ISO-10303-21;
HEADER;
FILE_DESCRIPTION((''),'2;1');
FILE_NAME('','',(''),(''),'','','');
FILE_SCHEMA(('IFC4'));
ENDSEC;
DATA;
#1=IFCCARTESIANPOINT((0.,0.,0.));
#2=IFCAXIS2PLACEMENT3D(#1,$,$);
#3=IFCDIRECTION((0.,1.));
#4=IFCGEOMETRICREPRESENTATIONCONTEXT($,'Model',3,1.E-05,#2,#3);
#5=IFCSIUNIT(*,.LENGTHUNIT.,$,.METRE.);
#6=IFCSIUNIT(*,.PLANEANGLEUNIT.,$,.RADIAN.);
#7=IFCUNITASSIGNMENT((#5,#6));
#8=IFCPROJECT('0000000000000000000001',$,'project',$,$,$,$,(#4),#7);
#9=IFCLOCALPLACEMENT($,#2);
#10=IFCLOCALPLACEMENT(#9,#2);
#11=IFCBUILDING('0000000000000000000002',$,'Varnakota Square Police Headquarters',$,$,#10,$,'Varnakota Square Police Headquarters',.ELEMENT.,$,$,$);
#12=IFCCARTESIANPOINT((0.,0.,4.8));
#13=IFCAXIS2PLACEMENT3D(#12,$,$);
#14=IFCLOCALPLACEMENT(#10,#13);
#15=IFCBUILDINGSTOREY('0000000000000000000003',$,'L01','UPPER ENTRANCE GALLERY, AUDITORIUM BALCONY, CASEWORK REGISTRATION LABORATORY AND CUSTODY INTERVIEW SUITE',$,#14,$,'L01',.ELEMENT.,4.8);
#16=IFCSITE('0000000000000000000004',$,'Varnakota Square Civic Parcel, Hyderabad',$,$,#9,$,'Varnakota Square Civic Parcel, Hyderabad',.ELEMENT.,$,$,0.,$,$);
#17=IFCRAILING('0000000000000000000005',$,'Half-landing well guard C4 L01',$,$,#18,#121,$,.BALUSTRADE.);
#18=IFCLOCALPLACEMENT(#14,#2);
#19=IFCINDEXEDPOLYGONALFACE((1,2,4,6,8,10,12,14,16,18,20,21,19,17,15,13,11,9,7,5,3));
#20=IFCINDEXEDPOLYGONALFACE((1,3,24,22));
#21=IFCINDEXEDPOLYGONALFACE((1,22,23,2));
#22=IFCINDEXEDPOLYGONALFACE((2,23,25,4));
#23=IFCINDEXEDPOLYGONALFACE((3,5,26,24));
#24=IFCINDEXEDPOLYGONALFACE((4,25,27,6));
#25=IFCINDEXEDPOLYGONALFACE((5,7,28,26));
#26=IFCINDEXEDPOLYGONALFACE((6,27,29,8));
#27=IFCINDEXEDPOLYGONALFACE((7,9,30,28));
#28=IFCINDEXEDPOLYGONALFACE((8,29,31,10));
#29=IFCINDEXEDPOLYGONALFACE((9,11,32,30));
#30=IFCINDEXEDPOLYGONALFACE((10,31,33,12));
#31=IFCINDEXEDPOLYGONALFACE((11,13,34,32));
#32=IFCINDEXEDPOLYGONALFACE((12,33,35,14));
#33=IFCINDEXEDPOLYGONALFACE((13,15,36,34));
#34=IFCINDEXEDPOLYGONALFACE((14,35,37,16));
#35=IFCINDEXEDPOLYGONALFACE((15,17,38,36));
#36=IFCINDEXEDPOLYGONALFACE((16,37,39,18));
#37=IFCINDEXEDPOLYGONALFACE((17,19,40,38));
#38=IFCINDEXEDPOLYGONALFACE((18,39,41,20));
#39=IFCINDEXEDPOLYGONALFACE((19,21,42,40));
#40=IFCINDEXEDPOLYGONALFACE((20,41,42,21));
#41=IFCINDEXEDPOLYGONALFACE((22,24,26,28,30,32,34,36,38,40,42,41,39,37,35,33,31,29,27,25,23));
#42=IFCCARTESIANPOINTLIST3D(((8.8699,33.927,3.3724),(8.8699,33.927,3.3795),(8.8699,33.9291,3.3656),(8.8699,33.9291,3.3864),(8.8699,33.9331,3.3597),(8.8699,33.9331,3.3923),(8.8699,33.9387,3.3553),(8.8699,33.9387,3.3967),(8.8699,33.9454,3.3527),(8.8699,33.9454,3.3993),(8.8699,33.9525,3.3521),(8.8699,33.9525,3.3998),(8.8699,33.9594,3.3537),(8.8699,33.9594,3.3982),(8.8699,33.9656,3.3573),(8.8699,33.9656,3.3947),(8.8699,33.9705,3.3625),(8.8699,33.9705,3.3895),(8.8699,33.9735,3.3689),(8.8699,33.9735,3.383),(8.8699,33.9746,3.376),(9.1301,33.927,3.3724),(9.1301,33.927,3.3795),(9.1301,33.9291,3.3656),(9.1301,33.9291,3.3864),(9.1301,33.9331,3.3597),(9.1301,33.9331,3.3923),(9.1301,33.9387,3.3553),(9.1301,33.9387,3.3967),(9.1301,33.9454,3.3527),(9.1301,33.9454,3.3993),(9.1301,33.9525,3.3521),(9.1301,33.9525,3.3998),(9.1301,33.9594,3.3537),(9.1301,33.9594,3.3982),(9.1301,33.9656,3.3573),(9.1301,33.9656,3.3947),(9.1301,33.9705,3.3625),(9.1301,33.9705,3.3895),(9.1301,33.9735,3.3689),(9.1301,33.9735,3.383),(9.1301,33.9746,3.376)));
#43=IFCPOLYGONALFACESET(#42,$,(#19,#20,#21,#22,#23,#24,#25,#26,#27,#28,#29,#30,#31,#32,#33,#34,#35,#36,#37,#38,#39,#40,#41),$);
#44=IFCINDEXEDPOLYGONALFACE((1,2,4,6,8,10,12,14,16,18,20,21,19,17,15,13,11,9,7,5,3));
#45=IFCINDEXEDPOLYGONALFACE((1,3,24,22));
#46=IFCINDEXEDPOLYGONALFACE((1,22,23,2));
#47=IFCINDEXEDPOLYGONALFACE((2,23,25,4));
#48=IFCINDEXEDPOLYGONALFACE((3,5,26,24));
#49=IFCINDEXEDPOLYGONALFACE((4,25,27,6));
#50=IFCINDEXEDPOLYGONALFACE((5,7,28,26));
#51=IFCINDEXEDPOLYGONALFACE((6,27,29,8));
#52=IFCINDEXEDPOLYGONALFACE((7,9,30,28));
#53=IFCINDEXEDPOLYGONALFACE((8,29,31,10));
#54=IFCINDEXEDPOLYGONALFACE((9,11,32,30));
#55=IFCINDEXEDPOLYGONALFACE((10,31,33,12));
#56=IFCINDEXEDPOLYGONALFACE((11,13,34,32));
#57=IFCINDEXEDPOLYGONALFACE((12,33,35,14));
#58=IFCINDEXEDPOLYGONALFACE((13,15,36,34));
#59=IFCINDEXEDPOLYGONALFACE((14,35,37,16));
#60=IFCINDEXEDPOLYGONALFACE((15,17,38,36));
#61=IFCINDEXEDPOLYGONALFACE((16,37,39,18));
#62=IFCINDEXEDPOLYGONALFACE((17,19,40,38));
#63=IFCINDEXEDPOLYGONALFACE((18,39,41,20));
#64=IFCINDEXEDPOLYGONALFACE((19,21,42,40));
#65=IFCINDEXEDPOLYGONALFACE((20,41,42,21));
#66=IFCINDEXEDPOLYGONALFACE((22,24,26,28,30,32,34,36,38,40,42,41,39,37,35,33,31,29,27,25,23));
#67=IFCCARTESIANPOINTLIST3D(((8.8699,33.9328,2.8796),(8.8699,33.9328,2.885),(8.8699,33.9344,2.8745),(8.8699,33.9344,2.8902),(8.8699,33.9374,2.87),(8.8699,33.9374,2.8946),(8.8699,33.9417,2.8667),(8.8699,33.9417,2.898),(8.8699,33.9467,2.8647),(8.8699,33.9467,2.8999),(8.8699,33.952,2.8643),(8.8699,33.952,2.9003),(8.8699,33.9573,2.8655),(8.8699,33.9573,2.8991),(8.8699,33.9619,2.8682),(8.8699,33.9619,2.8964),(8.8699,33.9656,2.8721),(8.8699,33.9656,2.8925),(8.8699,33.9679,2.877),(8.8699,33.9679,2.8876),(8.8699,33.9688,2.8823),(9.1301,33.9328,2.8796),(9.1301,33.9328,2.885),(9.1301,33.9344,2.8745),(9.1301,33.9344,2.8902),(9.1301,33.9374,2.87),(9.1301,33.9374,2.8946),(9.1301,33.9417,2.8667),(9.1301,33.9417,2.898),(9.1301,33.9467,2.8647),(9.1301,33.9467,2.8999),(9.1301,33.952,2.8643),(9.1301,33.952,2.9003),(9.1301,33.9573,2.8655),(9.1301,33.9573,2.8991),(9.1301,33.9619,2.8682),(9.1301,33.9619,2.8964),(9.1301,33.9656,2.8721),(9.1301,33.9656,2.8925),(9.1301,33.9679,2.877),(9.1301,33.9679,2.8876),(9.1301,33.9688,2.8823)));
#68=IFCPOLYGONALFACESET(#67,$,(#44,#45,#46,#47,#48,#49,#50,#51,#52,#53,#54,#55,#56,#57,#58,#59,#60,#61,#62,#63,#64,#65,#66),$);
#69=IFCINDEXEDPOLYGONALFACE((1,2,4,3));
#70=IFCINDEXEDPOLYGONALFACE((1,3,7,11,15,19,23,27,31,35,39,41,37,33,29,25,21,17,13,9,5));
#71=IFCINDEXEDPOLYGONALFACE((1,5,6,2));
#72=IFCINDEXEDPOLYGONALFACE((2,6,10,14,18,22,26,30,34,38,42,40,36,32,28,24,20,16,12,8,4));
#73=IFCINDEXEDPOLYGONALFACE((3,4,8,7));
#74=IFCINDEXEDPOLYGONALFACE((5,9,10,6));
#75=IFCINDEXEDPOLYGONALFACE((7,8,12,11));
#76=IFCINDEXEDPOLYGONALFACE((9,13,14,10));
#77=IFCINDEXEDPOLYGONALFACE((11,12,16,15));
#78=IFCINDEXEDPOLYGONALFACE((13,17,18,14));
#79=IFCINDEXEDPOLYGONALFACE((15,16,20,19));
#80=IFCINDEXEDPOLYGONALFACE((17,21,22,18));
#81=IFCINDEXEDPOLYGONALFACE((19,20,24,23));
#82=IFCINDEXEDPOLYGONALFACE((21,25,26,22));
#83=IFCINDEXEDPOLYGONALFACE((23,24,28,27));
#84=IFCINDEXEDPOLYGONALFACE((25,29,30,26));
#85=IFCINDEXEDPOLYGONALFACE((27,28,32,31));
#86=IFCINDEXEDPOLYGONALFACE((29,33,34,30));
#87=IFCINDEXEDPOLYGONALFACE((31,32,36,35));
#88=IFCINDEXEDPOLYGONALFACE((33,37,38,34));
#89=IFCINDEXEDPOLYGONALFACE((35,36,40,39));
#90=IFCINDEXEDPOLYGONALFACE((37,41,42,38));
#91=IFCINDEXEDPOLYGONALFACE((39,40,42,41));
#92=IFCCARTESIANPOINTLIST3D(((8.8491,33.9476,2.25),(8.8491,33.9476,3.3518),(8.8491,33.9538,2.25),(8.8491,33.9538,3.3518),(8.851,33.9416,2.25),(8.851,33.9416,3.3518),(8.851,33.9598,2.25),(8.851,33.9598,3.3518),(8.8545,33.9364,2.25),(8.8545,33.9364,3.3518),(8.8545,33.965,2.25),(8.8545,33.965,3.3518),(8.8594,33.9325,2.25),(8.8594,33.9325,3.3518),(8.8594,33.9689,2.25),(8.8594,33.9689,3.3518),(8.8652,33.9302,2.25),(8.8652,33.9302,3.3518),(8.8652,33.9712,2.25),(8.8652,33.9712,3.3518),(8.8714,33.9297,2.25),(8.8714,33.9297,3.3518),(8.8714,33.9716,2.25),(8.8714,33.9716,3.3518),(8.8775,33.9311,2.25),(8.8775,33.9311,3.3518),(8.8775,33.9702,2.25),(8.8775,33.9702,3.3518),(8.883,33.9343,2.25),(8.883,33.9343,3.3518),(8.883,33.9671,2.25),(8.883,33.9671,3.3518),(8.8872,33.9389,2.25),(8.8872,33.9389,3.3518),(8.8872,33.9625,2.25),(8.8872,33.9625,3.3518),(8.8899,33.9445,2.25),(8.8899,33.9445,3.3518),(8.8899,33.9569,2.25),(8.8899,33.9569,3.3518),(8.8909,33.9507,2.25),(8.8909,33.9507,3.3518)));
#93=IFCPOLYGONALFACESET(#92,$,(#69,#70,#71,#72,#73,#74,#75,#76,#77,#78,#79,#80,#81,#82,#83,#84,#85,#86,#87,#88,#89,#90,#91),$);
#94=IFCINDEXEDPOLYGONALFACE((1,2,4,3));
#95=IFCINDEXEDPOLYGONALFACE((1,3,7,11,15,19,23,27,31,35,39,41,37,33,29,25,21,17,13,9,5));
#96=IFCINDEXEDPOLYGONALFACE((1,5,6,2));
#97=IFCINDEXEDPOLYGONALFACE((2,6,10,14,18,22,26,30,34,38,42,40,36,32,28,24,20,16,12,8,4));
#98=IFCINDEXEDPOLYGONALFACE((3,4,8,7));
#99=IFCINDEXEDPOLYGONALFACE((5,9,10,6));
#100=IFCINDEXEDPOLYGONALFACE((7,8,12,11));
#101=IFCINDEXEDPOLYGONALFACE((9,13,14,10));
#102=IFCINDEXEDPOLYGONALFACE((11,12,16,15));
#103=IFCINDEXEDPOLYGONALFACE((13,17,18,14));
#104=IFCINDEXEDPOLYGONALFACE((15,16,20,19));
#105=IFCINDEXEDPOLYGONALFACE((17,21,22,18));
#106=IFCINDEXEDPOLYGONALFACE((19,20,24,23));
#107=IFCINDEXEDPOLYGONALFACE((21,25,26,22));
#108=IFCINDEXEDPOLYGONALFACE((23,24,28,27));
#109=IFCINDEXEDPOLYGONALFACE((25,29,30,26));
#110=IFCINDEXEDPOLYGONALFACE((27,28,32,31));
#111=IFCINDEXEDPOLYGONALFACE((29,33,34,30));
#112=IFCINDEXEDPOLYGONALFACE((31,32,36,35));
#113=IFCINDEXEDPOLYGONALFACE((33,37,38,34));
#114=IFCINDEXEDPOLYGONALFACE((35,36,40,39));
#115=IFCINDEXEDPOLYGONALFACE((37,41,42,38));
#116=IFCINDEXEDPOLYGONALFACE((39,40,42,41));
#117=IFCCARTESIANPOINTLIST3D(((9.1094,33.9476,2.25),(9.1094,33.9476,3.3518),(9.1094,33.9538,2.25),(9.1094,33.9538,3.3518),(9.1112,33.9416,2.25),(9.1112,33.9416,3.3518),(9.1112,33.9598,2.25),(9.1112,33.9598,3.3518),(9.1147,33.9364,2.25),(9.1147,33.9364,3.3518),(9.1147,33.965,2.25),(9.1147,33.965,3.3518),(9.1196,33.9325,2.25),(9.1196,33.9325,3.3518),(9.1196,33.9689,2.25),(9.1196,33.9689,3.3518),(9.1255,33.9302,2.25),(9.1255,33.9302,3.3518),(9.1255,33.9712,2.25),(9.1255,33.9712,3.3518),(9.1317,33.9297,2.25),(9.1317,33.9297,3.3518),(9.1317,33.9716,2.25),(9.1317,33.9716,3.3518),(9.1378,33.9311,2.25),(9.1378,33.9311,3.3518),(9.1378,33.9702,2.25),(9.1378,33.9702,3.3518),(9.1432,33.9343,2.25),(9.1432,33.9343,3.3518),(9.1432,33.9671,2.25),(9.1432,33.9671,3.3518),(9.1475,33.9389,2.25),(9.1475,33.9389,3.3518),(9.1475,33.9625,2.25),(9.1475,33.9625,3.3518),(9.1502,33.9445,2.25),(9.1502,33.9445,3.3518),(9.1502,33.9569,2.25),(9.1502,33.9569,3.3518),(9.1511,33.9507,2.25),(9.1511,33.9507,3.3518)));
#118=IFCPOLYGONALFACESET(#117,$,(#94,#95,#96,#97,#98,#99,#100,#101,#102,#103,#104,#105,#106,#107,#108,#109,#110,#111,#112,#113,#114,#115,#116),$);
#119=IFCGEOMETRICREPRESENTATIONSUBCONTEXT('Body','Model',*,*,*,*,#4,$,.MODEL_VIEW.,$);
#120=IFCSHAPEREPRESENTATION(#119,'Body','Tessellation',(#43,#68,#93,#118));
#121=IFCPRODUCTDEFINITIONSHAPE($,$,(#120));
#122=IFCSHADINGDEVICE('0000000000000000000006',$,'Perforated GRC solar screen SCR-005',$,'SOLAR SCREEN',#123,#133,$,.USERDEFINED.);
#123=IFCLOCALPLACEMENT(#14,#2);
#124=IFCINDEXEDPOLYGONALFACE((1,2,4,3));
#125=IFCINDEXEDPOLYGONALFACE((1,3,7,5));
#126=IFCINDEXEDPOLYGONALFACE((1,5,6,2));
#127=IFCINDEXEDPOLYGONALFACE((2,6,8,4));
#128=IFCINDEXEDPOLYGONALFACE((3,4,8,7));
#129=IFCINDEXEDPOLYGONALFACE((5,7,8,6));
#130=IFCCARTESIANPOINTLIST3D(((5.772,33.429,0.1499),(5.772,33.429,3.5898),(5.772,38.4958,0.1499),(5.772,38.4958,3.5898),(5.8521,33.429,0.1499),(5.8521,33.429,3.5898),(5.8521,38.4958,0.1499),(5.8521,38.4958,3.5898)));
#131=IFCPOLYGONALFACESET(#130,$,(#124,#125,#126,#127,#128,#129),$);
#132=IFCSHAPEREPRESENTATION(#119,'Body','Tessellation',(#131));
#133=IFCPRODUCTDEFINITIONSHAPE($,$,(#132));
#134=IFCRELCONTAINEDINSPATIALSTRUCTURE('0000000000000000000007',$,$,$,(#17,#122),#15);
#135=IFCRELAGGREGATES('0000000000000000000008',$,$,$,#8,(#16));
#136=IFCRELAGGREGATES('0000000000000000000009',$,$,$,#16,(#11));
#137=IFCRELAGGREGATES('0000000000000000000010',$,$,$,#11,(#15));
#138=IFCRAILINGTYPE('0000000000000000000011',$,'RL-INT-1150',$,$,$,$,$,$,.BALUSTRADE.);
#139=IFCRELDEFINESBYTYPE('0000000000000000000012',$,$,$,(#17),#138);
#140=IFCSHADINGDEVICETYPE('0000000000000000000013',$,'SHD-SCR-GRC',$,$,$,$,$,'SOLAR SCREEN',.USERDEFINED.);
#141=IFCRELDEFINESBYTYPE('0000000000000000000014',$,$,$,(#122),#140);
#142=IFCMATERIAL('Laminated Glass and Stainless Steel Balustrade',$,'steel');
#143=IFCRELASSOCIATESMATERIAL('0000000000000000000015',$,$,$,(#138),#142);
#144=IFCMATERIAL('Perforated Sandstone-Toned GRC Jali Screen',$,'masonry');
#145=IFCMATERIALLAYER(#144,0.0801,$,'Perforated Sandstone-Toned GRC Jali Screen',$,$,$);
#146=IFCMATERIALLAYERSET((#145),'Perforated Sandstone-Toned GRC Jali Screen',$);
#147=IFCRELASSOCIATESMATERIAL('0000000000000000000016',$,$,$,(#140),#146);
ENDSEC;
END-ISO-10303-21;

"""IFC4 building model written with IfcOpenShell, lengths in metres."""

from ifc_helpers import new_model, si_unit, direction, frame, origin, origin_2d, place, context, subcontext, project, spatial, rectangle, circle, extrude, material, layer, layer_set, type_object, element, save


model = new_model("IFC4")

# Units and contexts
model_context = context("Model", 3, precision=1e-05, world=origin(), true_north=direction((0.0, 1.0)))
body_context = subcontext(model_context, "Body", "Model", "MODEL_VIEW")
ifc_project = project(units=[si_unit("LENGTHUNIT", "METRE"), si_unit("PLANEANGLEUNIT", "RADIAN")], contexts=[model_context])

# Site, building, storey
site_placement = place(None, origin())
site = spatial("IfcSite", under=ifc_project, at=site_placement, Name="Varnakota Square Civic Parcel, Hyderabad", LongName="Varnakota Square Civic Parcel, Hyderabad", CompositionType="ELEMENT", RefElevation=0.0)
building_placement = place(site_placement, origin())
building = spatial("IfcBuilding", under=site, at=building_placement, Name="Varnakota Square Police Headquarters", LongName="Varnakota Square Police Headquarters", CompositionType="ELEMENT")
storey_placement = place(building_placement, frame((0.0, 0.0, 4.8)))
storey = spatial("IfcBuildingStorey", under=building, at=storey_placement, Name="L01", Description="UPPER ENTRANCE GALLERY, AUDITORIUM BALCONY, CASEWORK REGISTRATION LABORATORY AND CUSTODY INTERVIEW SUITE", LongName="L01", CompositionType="ELEMENT", Elevation=4.8)

# Railing
ifc_material_1 = material(Name="Laminated Glass and Stainless Steel Balustrade", Category="steel")
railing_type_1 = type_object("IfcRailingType", Name="RL-INT-1150", PredefinedType="BALUSTRADE", material=ifc_material_1)
railing_1_placement = place(storey_placement, frame((8.8699, 33.9507, 2.25)))
element("IfcRailing", 1, at=railing_1_placement, inside=storey, type_object=railing_type_1, Name="Half-landing well guard C4 L01", PredefinedType="BALUSTRADE", context=body_context, shape_type="SweptSolid", body=[
    extrude(circle(Radius=0.0239, at=origin_2d()), frame((0.0, 0.0, 1.126), z_axis=(1.0, 0.0, 0.0), x_axis=(0.0, 1.0, 0.0)), (0.0, 0.0, 1.0), 0.2603),
    extrude(circle(Radius=0.0181, at=origin_2d()), frame((0.0, 0.0, 0.6323), z_axis=(1.0, 0.0, 0.0), x_axis=(0.0, 1.0, 0.0)), (0.0, 0.0, 1.0), 0.2603),
    extrude(circle(Radius=0.021, at=origin_2d()), origin(), (0.0, 0.0, 1.0), 1.1018),
    extrude(circle(Radius=0.021, at=origin_2d()), frame((0.2603, 0.0, 0.0)), (0.0, 0.0, 1.0), 1.1018),
])

# Shading device
ifc_material_2 = material(Name="Perforated Sandstone-Toned GRC Jali Screen", Category="masonry")
ifc_layer_1 = layer(ifc_material_2, 0.0801, Name="Perforated Sandstone-Toned GRC Jali Screen")
ifc_layer_set_1 = layer_set([ifc_layer_1], Name="Perforated Sandstone-Toned GRC Jali Screen")
shading_device_type = type_object("IfcShadingDeviceType", Name="SHD-SCR-GRC", ElementType="SOLAR SCREEN", PredefinedType="USERDEFINED", material=ifc_layer_set_1)
shading_device_placement = place(storey_placement, frame((5.812, 35.9624, 0.1499), z_axis=(0.0, 0.0, 1.0), x_axis=(0.0, 1.0, 0.0)))
element("IfcShadingDevice", 2, at=shading_device_placement, inside=storey, type_object=shading_device_type, Name="Perforated GRC solar screen SCR-005", ObjectType="SOLAR SCREEN", PredefinedType="USERDEFINED", context=body_context, shape_type="SweptSolid", body=[
    extrude(rectangle(XDim=5.0669, YDim=0.0801, at=origin_2d()), origin(), (0.0, 0.0, 1.0), 3.4399),
])

save(model, "model.ifc")
